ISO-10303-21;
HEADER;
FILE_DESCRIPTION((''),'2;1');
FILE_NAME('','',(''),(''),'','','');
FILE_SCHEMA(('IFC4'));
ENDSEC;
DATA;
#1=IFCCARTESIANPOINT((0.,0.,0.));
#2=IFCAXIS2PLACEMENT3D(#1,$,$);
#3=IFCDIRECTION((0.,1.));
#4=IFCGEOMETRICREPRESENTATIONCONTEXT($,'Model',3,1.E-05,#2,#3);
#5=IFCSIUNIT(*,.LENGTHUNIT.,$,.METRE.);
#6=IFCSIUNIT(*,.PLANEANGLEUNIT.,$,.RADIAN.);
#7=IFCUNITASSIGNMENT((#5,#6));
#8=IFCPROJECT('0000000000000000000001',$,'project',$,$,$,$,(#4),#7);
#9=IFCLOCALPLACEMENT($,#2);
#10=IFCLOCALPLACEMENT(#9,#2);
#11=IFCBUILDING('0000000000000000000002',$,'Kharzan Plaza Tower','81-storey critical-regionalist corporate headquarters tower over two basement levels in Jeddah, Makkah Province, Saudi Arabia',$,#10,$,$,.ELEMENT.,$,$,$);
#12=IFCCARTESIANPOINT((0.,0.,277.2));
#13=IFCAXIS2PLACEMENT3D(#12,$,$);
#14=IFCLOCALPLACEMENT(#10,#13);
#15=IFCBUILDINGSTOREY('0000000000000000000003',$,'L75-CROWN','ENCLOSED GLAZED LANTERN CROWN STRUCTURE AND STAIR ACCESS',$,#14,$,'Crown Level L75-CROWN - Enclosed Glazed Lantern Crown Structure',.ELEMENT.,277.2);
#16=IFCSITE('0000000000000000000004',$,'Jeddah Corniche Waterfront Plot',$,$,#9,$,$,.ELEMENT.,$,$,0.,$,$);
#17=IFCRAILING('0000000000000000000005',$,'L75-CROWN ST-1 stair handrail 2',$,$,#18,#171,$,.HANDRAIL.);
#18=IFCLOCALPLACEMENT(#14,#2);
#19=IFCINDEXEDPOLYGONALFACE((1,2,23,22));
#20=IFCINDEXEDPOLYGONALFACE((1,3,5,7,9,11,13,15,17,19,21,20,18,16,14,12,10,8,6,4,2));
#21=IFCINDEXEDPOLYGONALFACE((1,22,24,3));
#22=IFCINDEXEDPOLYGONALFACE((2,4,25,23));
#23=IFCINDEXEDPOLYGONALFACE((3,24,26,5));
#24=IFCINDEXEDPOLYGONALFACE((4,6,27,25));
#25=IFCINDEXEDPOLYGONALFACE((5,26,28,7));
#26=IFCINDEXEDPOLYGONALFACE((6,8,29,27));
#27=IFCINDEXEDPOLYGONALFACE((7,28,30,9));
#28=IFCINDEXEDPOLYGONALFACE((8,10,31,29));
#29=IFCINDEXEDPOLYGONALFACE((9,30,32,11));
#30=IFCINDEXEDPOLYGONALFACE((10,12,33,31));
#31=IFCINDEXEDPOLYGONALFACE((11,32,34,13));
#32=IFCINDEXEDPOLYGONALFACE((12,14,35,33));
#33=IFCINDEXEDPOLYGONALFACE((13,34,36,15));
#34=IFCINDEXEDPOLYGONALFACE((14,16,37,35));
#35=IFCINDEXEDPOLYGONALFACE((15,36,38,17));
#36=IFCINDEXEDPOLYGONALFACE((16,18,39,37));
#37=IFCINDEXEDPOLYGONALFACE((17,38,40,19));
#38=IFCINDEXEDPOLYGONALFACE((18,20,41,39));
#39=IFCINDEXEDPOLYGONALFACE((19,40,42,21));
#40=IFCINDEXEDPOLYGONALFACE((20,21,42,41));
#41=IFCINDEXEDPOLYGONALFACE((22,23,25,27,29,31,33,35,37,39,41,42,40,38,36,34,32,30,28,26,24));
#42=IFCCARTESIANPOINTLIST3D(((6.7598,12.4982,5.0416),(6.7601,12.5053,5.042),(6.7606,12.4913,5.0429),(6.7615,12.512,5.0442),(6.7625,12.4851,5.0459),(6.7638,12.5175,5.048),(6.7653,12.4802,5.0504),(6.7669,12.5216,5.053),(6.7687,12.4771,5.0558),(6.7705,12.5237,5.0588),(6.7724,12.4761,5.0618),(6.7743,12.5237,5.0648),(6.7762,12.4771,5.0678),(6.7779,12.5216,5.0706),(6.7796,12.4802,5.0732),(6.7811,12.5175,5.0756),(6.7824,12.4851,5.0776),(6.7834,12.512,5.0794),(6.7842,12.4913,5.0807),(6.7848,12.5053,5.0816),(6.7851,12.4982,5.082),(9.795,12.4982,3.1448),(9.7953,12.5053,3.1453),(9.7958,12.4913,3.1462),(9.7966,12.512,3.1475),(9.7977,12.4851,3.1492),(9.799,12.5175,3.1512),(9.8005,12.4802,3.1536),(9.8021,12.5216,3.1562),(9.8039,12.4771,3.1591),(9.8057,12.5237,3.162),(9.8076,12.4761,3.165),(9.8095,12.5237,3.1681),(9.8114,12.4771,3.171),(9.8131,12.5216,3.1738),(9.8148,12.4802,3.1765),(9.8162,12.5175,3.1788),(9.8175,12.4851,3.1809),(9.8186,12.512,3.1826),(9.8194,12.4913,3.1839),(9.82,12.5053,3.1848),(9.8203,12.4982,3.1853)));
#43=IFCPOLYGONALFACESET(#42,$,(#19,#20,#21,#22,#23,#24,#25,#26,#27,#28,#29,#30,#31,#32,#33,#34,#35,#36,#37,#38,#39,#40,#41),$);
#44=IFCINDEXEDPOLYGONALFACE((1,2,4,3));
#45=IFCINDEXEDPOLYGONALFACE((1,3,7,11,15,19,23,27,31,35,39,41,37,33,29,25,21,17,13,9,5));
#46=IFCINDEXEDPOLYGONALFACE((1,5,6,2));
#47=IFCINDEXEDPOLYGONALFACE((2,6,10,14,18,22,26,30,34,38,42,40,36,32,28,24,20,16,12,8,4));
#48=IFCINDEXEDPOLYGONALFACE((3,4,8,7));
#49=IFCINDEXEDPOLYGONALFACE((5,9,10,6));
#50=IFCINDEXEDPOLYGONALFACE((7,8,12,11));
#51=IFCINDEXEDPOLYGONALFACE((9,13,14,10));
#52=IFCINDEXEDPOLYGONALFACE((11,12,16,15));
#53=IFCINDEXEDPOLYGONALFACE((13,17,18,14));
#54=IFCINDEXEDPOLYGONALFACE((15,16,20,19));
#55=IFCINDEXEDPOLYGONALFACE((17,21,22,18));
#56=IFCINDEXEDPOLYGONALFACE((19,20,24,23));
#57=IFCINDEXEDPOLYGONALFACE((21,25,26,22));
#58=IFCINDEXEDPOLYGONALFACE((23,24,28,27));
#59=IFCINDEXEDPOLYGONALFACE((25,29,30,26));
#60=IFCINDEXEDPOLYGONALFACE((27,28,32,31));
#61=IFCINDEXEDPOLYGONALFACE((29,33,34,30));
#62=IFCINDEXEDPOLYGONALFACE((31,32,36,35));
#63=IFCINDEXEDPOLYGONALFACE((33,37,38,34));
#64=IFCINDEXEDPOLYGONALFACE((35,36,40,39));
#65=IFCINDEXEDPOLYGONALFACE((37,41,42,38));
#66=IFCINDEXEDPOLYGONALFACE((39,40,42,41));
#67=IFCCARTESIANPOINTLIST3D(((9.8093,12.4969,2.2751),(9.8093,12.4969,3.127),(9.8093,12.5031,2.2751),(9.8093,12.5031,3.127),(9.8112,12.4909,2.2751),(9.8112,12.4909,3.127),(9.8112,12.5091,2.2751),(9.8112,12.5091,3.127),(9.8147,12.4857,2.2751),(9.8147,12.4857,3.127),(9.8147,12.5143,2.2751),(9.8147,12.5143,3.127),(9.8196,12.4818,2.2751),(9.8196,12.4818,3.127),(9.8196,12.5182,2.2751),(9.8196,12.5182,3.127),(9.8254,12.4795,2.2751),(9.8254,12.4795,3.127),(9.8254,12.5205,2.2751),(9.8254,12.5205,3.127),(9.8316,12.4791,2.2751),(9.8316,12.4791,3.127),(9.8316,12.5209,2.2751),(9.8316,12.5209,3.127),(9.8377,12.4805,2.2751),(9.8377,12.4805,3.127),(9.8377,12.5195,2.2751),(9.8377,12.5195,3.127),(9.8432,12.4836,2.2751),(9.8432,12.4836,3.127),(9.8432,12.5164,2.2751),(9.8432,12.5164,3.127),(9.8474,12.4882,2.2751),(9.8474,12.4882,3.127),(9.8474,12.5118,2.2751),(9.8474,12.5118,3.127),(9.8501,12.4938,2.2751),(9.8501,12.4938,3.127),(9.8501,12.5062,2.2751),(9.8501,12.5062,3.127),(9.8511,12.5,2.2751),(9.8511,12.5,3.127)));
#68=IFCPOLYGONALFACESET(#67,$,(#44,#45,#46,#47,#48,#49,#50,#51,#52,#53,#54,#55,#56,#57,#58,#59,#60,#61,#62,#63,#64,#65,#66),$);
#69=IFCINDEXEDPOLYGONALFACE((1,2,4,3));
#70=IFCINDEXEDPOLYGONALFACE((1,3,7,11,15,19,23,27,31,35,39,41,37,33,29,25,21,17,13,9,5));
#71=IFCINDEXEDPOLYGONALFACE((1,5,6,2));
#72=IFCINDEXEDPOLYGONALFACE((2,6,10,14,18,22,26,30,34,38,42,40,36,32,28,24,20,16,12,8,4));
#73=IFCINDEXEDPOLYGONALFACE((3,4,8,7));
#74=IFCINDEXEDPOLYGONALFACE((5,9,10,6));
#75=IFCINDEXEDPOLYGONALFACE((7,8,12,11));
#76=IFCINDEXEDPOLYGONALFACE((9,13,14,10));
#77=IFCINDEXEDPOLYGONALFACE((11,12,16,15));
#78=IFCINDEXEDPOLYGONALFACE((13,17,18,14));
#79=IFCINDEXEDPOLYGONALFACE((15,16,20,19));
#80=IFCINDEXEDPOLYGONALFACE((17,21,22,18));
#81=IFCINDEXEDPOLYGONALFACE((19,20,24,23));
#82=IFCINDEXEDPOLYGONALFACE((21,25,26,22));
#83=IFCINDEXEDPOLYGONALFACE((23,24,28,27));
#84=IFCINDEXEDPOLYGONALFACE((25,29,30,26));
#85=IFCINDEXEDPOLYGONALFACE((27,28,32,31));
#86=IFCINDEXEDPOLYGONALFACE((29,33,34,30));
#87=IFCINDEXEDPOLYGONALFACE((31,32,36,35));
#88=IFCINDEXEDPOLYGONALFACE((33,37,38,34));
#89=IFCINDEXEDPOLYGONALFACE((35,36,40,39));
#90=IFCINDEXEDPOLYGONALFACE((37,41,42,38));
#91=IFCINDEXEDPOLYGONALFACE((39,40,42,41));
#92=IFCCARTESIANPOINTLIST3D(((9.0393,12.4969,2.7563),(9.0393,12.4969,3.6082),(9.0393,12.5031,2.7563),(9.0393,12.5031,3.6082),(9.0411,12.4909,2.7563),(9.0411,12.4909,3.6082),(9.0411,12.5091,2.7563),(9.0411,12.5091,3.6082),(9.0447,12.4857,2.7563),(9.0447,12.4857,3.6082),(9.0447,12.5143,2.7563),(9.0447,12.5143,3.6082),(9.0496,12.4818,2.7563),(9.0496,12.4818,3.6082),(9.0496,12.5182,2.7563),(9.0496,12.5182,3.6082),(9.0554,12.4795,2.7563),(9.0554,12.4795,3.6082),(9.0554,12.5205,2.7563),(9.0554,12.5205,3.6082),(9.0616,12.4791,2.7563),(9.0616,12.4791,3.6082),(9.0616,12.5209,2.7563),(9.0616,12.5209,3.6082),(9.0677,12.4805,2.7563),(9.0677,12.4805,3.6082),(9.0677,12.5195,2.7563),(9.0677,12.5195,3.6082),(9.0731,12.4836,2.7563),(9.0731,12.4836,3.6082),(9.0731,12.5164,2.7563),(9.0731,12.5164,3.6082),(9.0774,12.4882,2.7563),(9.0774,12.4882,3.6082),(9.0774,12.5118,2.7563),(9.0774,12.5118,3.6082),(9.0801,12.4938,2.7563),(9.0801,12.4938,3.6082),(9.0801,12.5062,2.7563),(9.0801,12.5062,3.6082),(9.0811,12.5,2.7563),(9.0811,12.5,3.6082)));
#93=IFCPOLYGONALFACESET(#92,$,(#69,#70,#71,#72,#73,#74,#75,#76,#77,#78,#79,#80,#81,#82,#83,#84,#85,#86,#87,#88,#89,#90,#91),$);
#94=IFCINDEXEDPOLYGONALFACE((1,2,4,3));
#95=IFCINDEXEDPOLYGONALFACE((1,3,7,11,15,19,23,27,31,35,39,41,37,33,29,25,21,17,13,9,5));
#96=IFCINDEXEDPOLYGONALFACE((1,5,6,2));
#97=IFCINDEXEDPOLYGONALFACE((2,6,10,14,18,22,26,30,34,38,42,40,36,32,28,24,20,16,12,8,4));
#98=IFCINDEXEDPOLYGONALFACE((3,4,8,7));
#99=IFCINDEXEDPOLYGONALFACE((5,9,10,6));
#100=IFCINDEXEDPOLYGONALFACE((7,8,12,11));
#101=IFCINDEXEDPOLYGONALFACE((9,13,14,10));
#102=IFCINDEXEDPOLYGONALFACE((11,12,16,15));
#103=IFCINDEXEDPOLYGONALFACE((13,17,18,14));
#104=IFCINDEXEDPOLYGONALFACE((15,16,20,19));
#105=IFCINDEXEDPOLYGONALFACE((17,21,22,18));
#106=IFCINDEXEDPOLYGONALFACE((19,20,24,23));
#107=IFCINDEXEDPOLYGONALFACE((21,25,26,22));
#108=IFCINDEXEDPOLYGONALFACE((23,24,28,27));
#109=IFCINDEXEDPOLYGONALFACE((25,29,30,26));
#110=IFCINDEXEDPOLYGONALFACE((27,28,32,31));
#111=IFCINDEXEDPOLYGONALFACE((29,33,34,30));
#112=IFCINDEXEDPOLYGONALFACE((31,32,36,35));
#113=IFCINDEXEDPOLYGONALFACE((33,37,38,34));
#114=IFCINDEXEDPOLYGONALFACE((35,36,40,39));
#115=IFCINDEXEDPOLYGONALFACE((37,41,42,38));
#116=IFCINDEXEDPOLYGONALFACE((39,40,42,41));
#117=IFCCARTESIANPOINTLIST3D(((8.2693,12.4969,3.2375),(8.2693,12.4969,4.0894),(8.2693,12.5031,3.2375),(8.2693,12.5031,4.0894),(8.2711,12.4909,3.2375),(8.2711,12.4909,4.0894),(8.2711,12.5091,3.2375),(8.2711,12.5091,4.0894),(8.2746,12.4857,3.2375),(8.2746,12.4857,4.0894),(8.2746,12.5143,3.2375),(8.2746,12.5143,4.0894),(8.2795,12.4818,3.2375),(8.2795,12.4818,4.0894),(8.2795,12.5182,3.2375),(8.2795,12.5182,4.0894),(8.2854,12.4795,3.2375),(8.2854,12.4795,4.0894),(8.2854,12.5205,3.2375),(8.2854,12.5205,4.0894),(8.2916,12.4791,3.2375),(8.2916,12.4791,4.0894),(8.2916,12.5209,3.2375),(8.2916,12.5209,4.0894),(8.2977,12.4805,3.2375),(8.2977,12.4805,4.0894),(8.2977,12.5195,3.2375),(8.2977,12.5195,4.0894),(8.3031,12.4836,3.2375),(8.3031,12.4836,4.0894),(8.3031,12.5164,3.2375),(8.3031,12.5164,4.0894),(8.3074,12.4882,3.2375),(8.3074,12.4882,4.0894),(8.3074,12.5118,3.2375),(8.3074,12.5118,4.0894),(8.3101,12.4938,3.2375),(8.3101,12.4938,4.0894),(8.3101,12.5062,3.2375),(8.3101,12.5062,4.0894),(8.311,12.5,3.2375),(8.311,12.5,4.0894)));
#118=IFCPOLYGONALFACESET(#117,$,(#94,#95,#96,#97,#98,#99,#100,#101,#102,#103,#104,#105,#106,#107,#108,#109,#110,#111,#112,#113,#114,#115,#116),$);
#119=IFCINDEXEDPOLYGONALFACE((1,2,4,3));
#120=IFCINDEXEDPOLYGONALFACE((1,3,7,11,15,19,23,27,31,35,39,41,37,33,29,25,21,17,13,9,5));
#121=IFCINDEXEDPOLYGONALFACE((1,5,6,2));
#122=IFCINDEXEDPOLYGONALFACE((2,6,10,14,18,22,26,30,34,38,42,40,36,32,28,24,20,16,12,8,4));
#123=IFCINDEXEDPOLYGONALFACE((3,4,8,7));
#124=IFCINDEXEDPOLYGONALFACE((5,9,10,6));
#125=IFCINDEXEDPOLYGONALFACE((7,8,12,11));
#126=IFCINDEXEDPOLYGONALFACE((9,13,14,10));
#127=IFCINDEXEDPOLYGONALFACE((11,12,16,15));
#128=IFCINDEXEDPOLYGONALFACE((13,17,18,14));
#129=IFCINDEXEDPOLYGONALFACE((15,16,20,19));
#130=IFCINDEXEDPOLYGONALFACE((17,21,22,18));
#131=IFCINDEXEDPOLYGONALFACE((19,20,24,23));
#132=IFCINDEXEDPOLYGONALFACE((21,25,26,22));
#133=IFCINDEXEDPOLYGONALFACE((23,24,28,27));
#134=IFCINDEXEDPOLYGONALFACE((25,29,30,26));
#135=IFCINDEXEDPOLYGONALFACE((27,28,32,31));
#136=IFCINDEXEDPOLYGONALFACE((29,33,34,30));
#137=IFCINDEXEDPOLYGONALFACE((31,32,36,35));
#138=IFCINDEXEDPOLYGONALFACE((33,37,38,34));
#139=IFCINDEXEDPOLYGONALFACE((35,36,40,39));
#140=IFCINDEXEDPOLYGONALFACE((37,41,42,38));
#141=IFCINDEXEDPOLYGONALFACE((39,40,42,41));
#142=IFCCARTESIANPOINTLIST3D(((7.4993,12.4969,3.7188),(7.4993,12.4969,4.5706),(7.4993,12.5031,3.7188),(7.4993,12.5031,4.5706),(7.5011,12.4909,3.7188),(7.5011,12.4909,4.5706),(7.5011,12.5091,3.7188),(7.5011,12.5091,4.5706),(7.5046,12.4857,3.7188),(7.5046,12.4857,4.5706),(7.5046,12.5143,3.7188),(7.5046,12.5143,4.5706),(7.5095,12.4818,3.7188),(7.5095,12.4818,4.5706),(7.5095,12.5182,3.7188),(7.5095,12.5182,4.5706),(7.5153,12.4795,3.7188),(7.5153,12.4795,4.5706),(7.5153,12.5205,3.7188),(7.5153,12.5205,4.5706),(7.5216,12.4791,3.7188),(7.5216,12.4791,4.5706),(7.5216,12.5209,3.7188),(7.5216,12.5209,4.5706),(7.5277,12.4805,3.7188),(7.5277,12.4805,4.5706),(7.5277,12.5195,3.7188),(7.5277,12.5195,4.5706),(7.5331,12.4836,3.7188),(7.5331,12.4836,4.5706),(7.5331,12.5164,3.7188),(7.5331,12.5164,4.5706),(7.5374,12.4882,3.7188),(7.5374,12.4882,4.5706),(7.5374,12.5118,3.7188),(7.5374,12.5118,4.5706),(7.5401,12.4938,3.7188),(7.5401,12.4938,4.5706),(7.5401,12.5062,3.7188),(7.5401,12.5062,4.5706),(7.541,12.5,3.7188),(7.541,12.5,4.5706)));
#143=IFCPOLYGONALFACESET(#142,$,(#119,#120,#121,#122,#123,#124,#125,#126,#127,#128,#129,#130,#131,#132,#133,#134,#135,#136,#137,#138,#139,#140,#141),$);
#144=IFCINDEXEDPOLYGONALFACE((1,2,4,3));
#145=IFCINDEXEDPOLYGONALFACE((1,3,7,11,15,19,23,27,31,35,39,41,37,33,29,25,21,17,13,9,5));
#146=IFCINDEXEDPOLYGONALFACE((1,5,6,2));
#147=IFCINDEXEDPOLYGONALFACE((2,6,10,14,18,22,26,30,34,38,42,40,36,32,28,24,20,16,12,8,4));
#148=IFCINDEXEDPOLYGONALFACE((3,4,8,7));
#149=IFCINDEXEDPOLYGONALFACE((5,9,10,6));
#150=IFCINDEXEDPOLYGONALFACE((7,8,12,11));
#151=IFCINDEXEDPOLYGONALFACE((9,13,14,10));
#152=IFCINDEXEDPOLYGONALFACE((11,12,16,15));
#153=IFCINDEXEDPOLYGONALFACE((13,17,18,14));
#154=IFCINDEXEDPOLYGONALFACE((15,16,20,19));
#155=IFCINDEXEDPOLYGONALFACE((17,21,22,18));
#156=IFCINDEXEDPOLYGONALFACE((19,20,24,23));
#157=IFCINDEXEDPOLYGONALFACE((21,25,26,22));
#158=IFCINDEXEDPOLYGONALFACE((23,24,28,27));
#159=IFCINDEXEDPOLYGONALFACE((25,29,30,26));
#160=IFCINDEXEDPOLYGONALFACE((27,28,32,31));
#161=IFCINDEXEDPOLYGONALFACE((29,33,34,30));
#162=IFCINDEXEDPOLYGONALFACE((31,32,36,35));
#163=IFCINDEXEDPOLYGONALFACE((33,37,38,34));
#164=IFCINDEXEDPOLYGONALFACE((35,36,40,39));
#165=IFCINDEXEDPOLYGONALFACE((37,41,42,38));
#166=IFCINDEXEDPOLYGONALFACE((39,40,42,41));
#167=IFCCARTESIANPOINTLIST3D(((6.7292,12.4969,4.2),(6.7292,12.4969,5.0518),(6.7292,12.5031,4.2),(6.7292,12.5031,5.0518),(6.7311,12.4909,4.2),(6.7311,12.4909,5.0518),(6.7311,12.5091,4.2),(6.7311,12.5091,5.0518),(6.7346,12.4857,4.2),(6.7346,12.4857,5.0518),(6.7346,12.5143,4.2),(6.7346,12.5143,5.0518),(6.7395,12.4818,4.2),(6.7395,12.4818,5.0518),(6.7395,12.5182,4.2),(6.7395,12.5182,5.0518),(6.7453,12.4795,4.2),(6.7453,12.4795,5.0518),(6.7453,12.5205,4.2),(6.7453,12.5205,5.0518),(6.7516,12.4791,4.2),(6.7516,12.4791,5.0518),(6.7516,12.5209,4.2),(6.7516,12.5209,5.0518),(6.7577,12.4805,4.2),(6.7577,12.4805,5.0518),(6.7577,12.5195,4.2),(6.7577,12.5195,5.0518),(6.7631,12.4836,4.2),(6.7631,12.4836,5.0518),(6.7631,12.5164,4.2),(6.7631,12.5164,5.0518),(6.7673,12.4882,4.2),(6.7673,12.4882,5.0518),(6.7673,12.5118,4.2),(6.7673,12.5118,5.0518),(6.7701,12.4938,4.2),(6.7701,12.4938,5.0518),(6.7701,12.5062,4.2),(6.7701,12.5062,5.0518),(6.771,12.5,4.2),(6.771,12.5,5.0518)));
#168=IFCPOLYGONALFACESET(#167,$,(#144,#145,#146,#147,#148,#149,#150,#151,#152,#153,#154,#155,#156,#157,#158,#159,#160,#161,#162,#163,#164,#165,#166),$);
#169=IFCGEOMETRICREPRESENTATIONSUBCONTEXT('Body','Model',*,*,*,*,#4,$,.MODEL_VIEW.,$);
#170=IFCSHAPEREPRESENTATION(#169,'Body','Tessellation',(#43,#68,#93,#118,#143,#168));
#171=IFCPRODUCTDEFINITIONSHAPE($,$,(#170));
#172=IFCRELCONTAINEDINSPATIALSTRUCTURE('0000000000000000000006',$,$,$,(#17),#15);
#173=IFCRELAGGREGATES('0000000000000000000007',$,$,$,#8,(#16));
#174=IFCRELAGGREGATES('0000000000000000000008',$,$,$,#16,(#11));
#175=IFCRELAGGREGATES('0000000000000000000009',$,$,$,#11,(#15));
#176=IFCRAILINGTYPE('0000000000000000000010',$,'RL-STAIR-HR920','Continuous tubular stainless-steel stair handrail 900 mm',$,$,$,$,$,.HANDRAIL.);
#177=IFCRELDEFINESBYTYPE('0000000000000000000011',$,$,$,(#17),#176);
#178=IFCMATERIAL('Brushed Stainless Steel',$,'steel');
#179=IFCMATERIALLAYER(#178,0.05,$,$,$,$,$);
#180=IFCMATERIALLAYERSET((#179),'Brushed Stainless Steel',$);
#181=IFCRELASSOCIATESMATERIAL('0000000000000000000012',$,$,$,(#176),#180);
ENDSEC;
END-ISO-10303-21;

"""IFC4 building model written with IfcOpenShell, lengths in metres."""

from ifc_helpers import new_model, si_unit, direction, frame, origin, origin_2d, place, context, subcontext, project, spatial, circle, extrude, source, transform, mapped, material, layer, layer_set, type_object, element, save


model = new_model("IFC4")

# Units and contexts
model_context = context("Model", 3, precision=1e-05, world=origin(), true_north=direction((0.0, 1.0)))
body_context = subcontext(model_context, "Body", "Model", "MODEL_VIEW")
ifc_project = project(units=[si_unit("LENGTHUNIT", "METRE"), si_unit("PLANEANGLEUNIT", "RADIAN")], contexts=[model_context])

# Site, building, storey
site_placement = place(None, origin())
site = spatial("IfcSite", under=ifc_project, at=site_placement, Name="Jeddah Corniche Waterfront Plot", CompositionType="ELEMENT", RefElevation=0.0)
building_placement = place(site_placement, origin())
building = spatial("IfcBuilding", under=site, at=building_placement, Name="Kharzan Plaza Tower", Description="81-storey critical-regionalist corporate headquarters tower over two basement levels in Jeddah, Makkah Province, Saudi Arabia", CompositionType="ELEMENT")
storey_placement = place(building_placement, frame((0.0, 0.0, 277.2)))
storey = spatial("IfcBuildingStorey", under=building, at=storey_placement, Name="L75-CROWN", Description="ENCLOSED GLAZED LANTERN CROWN STRUCTURE AND STAIR ACCESS", LongName="Crown Level L75-CROWN - Enclosed Glazed Lantern Crown Structure", CompositionType="ELEMENT", Elevation=277.2)

# Shared definitions
ifc_material_1 = material(Name="Brushed Stainless Steel", Category="steel")

# Railing
ifc_layer_1 = layer(ifc_material_1, 0.05)
ifc_layer_set_1 = layer_set([ifc_layer_1], Name="Brushed Stainless Steel")
railing_type_1 = type_object("IfcRailingType", Name="RL-STAIR-HR920", Description="Continuous tubular stainless-steel stair handrail 900 mm", PredefinedType="HANDRAIL", material=ifc_layer_set_1)
shared_shape_1 = source(origin(), body_context, "Body", "SweptSolid", [
    extrude(circle(Radius=0.0239, at=origin_2d()), frame((-0.0225, 0.0, 0.8899), z_axis=(-0.848029, 0.0, 0.529951), x_axis=(0.0, -1.0, 0.0)), (0.0, 0.0, 1.0), 3.5791),
    extrude(circle(Radius=0.021, at=origin_2d()), origin(), (0.0, 0.0, 1.0), 0.8518),
    extrude(circle(Radius=0.021, at=origin_2d()), frame((-0.77, 0.0, 0.4812)), (0.0, 0.0, 1.0), 0.8518),
    extrude(circle(Radius=0.021, at=origin_2d()), frame((-1.54, 0.0, 0.9624)), (0.0, 0.0, 1.0), 0.8518),
    extrude(circle(Radius=0.021, at=origin_2d()), frame((-2.3101, 0.0, 1.4436)), (0.0, 0.0, 1.0), 0.8518),
    extrude(circle(Radius=0.021, at=origin_2d()), frame((-3.0801, 0.0, 1.9248)), (0.0, 0.0, 1.0), 0.8518),
])
railing_1_placement = place(storey_placement, frame((9.8301, 12.5, 2.2751)))
element("IfcRailing", 1, at=railing_1_placement, inside=storey, type_object=railing_type_1, Name="L75-CROWN ST-1 stair handrail 2", PredefinedType="HANDRAIL", context=body_context, shape_type="MappedRepresentation", body=[
    mapped(shared_shape_1, transform((0.0, 0.0, 0.0), x_axis=(1.0, 0.0, 0.0), y_axis=(0.0, 1.0, 0.0), z_axis=(0.0, 0.0, 1.0))),
])

save(model, "model.ifc")
